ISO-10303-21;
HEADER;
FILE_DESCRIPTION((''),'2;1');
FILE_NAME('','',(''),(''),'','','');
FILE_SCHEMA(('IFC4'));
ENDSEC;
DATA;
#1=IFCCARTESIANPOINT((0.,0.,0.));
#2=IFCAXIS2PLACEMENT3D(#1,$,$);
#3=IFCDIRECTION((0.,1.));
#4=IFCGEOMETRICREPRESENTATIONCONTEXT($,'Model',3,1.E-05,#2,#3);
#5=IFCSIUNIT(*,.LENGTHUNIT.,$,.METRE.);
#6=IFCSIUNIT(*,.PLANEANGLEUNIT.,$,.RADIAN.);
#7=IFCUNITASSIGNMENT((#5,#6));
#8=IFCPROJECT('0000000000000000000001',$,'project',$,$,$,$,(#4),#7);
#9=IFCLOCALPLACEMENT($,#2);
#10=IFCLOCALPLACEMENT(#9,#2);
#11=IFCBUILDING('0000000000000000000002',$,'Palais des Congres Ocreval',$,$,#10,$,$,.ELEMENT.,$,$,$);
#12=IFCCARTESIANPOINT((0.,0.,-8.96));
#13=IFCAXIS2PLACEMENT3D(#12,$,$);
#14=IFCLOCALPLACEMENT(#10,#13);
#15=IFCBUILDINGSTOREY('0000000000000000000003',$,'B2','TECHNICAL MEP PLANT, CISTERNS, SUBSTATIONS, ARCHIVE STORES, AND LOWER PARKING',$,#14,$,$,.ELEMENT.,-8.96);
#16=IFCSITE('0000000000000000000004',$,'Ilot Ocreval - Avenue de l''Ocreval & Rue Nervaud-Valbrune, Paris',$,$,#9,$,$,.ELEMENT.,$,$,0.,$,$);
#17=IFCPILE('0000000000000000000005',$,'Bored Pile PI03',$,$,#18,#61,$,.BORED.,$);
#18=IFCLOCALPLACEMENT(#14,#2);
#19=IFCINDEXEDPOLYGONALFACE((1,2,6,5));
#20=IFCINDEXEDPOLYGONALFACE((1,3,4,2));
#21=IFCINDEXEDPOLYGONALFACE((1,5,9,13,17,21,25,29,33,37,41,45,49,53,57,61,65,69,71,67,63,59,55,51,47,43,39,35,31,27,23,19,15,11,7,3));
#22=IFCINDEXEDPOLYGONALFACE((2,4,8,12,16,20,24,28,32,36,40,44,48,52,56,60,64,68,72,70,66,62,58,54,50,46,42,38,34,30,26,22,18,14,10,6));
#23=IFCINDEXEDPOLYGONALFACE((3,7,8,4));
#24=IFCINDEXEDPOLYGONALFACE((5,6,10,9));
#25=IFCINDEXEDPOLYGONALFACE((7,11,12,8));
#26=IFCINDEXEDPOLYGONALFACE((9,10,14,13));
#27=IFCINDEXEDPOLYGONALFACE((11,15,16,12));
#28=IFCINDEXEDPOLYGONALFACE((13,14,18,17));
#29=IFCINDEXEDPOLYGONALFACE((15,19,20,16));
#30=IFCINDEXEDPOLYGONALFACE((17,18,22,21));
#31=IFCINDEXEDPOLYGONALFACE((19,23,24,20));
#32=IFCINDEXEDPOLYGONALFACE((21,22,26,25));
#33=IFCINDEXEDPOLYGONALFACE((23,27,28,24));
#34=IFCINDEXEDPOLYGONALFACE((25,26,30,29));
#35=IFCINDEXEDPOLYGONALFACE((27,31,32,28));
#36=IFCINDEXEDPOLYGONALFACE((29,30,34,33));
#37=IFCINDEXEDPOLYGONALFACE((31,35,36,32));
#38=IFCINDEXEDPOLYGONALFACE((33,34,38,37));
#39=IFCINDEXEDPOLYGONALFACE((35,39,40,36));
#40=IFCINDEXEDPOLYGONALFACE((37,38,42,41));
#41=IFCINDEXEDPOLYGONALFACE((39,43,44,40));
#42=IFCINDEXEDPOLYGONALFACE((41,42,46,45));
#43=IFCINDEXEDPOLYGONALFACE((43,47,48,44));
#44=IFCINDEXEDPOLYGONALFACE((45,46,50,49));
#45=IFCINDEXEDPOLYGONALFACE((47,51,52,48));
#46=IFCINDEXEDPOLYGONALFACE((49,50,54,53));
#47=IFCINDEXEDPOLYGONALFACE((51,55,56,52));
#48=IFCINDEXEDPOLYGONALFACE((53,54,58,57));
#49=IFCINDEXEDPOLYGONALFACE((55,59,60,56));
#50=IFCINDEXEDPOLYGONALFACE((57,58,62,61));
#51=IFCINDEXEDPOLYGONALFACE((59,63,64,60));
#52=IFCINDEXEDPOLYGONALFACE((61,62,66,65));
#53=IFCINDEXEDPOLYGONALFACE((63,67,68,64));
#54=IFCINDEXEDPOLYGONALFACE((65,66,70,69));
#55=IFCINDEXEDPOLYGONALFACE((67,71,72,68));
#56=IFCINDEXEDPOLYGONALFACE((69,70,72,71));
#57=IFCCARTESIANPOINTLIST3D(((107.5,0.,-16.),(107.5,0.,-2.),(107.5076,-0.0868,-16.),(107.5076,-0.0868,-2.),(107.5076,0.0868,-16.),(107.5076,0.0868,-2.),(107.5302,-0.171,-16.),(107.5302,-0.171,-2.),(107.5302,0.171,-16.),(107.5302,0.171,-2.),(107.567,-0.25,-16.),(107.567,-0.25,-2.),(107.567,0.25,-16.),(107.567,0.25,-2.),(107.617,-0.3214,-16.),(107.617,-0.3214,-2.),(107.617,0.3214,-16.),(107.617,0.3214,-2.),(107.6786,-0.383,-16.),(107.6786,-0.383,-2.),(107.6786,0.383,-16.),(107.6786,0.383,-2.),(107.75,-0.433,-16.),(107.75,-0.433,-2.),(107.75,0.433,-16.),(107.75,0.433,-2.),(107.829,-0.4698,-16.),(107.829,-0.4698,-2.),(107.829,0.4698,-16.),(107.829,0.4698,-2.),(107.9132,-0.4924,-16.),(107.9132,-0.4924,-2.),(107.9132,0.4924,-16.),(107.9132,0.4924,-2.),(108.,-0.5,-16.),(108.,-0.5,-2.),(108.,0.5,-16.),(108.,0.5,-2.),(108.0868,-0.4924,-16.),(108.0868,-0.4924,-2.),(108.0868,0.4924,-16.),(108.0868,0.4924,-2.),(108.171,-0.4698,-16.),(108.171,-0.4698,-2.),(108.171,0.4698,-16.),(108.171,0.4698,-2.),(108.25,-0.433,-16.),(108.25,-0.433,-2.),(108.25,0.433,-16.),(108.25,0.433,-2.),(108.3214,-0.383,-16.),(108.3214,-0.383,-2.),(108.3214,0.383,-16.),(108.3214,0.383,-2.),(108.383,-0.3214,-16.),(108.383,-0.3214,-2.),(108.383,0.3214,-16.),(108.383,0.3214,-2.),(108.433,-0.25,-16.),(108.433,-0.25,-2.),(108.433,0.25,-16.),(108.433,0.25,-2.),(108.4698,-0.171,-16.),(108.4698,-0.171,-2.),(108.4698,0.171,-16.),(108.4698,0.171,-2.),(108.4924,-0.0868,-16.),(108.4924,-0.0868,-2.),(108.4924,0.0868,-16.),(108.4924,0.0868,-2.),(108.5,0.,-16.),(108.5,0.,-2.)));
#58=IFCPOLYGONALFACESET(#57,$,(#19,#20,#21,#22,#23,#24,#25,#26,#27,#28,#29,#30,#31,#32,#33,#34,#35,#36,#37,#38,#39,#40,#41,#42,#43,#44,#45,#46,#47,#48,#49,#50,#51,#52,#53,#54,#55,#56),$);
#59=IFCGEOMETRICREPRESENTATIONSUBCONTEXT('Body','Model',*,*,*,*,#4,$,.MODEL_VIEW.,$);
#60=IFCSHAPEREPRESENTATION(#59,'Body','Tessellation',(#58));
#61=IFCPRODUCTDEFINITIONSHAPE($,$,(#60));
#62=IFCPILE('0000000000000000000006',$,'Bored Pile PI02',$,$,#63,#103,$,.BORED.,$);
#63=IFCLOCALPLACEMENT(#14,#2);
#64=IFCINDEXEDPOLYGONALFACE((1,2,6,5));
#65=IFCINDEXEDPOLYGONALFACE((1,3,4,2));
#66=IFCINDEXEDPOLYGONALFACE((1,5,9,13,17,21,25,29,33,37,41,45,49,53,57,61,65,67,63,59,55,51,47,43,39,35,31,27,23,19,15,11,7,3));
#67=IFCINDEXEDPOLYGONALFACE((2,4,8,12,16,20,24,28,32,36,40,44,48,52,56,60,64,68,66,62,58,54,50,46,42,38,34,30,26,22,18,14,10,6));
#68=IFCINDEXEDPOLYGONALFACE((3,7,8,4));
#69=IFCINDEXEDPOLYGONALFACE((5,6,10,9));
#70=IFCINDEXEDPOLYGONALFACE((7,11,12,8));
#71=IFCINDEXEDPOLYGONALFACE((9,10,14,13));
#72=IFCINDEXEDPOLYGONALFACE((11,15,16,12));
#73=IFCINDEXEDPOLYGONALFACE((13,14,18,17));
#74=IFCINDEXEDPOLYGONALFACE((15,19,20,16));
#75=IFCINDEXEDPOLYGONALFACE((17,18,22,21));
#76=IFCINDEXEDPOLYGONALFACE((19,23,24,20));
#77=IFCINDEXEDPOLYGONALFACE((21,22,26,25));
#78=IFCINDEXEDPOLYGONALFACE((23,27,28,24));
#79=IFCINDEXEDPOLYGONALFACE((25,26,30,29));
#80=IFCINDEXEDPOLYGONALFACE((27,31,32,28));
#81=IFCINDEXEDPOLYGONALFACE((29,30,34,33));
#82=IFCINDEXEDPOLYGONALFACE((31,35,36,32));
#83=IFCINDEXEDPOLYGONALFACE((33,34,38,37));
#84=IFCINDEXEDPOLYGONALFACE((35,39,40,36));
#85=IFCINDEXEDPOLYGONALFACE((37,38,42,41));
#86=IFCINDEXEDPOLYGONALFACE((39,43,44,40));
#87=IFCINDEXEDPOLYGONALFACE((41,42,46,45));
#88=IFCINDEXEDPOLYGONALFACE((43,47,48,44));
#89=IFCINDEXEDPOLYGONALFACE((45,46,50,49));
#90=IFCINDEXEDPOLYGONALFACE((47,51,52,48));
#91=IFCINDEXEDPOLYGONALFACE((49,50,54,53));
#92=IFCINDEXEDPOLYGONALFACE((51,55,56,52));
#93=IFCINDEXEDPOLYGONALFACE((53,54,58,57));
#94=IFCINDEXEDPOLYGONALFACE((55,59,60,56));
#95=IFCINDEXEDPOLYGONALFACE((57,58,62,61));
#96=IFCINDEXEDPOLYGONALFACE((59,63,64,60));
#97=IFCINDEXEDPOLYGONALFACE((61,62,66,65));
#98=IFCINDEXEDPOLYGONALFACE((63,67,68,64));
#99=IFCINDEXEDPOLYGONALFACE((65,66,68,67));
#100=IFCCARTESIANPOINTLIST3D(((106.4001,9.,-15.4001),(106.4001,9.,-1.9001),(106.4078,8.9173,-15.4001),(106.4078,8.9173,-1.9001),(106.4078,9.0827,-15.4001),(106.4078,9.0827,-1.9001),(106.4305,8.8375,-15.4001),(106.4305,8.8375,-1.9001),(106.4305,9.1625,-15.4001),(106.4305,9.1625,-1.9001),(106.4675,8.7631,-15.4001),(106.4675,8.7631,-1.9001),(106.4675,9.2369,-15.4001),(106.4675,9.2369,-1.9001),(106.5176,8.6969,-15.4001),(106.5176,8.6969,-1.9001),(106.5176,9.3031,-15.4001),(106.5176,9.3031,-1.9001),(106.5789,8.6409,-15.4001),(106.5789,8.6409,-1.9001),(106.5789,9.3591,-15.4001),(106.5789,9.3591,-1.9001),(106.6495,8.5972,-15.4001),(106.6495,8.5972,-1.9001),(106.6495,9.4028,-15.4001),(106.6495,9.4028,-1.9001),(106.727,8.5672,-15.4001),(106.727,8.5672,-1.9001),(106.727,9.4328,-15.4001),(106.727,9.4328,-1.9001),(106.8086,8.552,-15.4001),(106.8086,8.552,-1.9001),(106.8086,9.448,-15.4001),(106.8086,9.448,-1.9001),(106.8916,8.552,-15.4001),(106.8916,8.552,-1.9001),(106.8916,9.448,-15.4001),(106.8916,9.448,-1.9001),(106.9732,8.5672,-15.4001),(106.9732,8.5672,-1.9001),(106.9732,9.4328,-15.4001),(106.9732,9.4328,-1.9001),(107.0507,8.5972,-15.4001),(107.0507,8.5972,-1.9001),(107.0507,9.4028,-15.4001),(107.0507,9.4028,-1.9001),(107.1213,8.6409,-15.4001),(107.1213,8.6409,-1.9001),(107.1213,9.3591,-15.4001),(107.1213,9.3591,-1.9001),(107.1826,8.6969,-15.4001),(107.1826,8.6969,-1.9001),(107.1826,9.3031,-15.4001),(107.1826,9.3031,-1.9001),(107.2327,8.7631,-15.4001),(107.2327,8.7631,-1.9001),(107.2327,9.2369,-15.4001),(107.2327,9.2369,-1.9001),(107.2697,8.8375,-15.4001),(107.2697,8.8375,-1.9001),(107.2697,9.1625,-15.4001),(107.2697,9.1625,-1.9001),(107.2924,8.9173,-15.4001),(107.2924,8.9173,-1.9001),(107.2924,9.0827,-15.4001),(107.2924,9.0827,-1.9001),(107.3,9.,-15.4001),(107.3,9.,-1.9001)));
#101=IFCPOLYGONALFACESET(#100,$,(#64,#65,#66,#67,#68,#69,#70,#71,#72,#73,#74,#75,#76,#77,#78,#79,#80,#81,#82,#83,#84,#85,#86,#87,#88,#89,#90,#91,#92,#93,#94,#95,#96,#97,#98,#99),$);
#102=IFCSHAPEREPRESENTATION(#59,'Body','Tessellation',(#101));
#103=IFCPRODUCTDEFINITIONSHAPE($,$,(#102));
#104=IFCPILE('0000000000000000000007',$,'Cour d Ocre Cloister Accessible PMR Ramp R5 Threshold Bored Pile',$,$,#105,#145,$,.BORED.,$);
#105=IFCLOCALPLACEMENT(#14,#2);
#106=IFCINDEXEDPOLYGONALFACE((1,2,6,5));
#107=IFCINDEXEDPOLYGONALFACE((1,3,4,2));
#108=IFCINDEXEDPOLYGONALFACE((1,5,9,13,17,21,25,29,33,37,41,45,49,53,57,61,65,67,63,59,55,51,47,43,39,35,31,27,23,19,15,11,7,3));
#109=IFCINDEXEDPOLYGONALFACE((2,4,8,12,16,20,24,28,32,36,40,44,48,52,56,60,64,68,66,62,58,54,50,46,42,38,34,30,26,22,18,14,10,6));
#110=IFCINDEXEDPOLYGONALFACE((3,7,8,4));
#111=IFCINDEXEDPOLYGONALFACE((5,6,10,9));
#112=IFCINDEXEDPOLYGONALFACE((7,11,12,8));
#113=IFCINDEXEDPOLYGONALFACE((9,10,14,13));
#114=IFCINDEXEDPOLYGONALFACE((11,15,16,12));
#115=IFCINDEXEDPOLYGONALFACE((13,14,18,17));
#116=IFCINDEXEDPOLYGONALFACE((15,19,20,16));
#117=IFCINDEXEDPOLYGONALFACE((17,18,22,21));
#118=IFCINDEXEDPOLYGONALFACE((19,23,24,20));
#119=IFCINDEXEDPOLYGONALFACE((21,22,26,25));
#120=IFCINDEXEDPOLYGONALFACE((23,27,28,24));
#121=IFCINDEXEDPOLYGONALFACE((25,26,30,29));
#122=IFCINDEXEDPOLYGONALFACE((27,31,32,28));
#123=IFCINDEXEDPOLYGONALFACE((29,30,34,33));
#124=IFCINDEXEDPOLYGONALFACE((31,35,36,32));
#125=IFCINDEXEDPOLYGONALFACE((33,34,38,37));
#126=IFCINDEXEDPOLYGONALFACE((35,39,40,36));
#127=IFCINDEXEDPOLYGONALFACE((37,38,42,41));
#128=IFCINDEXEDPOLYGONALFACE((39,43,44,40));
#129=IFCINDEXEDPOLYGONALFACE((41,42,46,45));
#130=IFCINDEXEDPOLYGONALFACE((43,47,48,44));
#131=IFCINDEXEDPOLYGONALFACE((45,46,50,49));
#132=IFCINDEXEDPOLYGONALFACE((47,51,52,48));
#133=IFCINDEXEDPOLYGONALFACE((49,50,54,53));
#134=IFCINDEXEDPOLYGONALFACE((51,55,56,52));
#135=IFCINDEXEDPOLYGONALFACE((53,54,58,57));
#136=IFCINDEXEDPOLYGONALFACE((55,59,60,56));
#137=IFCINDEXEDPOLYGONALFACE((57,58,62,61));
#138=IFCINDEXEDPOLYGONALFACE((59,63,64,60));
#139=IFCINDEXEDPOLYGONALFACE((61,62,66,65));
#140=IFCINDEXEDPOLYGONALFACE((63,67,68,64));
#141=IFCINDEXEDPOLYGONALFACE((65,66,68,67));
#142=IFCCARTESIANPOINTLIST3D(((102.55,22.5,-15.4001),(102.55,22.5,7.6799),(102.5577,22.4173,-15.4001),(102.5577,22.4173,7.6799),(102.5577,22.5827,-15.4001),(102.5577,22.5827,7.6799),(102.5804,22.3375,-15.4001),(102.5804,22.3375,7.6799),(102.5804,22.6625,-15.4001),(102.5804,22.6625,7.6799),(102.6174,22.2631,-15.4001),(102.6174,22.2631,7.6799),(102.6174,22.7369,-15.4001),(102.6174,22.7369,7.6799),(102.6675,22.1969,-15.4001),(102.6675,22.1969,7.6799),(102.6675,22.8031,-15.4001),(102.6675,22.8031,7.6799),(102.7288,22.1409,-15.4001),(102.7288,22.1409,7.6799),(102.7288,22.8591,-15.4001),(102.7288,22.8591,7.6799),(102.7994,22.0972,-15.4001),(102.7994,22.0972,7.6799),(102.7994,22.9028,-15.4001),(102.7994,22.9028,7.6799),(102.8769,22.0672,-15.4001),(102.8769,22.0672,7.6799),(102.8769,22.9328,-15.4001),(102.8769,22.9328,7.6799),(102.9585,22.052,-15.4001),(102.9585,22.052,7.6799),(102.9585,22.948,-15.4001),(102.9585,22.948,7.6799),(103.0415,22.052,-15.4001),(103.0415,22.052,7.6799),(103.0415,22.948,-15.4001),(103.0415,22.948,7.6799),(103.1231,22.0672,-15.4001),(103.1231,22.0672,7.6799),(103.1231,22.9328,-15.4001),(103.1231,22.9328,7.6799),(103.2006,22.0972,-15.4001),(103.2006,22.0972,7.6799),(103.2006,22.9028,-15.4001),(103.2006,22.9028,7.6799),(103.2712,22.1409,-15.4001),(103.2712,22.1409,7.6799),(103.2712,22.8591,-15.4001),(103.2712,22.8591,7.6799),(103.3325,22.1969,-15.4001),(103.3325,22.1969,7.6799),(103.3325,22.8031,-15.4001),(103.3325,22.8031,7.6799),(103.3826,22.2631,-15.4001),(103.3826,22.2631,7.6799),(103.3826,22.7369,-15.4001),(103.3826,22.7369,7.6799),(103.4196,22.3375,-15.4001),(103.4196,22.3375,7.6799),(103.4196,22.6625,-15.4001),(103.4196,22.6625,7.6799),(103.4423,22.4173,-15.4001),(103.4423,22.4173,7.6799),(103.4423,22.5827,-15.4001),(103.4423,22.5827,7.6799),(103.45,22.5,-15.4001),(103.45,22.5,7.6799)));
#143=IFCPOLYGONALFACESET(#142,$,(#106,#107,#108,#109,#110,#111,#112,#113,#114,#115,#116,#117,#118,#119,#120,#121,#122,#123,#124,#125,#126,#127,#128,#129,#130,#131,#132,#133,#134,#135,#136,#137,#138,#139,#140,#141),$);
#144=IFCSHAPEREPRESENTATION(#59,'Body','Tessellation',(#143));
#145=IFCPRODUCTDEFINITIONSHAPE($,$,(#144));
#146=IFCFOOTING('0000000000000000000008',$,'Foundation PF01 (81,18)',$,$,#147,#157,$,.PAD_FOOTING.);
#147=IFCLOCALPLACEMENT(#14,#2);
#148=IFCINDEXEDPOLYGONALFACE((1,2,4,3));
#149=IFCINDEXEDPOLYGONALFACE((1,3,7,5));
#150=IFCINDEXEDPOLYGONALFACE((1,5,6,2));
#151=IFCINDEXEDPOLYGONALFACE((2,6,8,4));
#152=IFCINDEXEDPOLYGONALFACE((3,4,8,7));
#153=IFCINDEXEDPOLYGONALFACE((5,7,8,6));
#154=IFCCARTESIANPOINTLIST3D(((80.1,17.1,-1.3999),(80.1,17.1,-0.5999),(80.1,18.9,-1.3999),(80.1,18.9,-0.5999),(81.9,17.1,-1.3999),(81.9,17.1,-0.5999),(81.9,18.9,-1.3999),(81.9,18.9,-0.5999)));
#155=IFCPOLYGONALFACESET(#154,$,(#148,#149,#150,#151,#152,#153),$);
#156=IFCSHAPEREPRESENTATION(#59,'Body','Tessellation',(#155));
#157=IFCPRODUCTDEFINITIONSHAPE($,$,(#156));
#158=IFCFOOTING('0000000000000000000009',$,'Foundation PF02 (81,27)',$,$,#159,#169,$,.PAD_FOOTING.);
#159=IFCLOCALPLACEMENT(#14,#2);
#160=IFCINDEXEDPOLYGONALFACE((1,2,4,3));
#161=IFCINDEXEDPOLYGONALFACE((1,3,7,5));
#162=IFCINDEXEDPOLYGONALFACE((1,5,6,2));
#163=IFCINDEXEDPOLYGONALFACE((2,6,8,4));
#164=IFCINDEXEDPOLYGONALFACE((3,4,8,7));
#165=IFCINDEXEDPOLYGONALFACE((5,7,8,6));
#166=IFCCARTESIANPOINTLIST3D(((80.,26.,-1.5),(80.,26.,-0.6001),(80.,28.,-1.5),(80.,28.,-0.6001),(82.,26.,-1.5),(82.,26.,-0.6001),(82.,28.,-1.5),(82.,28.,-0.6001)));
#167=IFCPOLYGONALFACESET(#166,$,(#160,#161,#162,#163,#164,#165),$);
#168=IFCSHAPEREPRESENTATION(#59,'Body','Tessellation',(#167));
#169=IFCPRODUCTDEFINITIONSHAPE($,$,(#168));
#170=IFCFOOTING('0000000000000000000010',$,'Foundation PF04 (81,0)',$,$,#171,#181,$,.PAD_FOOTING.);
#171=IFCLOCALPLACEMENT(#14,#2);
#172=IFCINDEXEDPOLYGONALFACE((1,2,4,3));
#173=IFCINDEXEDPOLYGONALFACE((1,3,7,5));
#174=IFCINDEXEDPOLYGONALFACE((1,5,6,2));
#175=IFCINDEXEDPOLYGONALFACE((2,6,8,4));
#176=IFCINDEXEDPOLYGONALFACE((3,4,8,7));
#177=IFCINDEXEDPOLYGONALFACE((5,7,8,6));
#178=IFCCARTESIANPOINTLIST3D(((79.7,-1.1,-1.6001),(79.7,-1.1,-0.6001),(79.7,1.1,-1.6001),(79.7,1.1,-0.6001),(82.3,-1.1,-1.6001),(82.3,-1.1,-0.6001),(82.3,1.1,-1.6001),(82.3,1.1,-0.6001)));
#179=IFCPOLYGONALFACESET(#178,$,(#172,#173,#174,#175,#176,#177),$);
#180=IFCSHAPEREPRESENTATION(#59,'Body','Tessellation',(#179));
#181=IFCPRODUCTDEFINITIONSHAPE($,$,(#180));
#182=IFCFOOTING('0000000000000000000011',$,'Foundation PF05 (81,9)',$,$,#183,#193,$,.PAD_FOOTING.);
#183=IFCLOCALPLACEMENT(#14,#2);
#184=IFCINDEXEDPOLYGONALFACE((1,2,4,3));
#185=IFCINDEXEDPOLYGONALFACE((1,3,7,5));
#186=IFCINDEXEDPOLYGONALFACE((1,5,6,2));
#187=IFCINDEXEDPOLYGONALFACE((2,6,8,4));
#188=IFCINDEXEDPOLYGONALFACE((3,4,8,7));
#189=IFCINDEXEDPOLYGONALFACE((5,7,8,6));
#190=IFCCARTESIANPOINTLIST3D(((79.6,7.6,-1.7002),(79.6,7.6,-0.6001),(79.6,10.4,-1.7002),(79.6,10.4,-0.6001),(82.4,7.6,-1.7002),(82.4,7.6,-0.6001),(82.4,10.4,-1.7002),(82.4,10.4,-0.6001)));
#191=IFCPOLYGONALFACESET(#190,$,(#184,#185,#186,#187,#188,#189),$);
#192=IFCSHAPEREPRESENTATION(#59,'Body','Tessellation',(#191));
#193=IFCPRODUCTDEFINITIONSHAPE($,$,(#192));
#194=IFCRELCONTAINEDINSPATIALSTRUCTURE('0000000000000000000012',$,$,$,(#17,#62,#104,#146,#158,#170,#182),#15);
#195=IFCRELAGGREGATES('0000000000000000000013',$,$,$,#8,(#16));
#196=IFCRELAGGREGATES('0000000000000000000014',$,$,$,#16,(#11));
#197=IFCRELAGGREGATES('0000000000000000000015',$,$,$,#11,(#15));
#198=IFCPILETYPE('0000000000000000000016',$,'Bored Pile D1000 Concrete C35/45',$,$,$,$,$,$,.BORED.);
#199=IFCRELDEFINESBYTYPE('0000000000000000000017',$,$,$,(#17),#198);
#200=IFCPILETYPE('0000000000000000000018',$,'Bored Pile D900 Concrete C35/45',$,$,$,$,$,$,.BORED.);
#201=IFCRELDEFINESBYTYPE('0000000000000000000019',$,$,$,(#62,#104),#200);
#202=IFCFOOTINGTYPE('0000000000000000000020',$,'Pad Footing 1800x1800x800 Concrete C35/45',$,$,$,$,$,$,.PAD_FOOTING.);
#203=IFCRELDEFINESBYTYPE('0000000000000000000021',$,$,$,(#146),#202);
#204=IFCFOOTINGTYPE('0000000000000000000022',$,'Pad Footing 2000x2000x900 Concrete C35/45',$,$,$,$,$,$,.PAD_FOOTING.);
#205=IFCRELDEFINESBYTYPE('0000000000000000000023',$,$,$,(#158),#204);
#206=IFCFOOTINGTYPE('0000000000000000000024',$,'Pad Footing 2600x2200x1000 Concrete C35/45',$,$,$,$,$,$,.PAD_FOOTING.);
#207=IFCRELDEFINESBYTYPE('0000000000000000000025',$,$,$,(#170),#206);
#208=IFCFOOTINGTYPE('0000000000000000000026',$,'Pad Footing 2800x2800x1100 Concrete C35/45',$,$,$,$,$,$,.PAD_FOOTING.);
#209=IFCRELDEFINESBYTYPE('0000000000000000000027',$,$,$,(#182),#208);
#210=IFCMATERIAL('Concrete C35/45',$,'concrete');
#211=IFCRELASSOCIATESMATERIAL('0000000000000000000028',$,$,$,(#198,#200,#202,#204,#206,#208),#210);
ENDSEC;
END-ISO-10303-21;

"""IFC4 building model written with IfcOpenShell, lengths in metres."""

from ifc_helpers import new_model, si_unit, direction, frame, origin, origin_2d, place, context, subcontext, project, spatial, rectangle, circle, extrude, material, material_profile, profile_set, type_object, element, save


model = new_model("IFC4")

# Units and contexts
model_context = context("Model", 3, precision=1e-05, world=origin(), true_north=direction((0.0, 1.0)))
body_context = subcontext(model_context, "Body", "Model", "MODEL_VIEW")
ifc_project = project(units=[si_unit("LENGTHUNIT", "METRE"), si_unit("PLANEANGLEUNIT", "RADIAN")], contexts=[model_context])

# Site, building, storey
site_placement = place(None, origin())
site = spatial("IfcSite", under=ifc_project, at=site_placement, Name="Ilot Ocreval - Avenue de l'Ocreval & Rue Nervaud-Valbrune, Paris", CompositionType="ELEMENT", RefElevation=0.0)
building_placement = place(site_placement, origin())
building = spatial("IfcBuilding", under=site, at=building_placement, Name="Palais des Congres Ocreval", CompositionType="ELEMENT")
storey_placement = place(building_placement, frame((0.0, 0.0, -8.96)))
storey = spatial("IfcBuildingStorey", under=building, at=storey_placement, Name="B2", Description="TECHNICAL MEP PLANT, CISTERNS, SUBSTATIONS, ARCHIVE STORES, AND LOWER PARKING", CompositionType="ELEMENT", Elevation=-8.96)

# Piles
ifc_material_1 = material(Name="Concrete C35/45", Category="concrete")
ifc_material_profile_1 = material_profile(ifc_material_1, circle(Radius=0.5, at=origin_2d()), Name="BORED PILE 1000")
ifc_profile_set_1 = profile_set([ifc_material_profile_1], Name="Concrete C35/45")
pile_type_1 = type_object("IfcPileType", Name="Bored Pile D1000 Concrete C35/45", PredefinedType="BORED", material=ifc_profile_set_1)
pile_1_placement = place(storey_placement, frame((108.0, 0.0, -2.0), z_axis=(0.0, 0.0, -1.0), x_axis=(1.0, 0.0, 0.0)))
element("IfcPile", 1, at=pile_1_placement, inside=storey, type_object=pile_type_1, Name="Bored Pile PI03", PredefinedType="BORED", context=body_context, shape_type="SweptSolid", body=[
    extrude(circle(Radius=0.5, at=origin_2d()), origin(), (0.0, 0.0, 1.0), 14.0),
])
ifc_material_profile_2 = material_profile(ifc_material_1, circle(Radius=0.45, at=origin_2d()), Name="BORED PILE 900")
ifc_profile_set_2 = profile_set([ifc_material_profile_2], Name="Concrete C35/45")
pile_type_2 = type_object("IfcPileType", Name="Bored Pile D900 Concrete C35/45", PredefinedType="BORED", material=ifc_profile_set_2)
pile_2_placement = place(storey_placement, frame((106.8501, 9.0, -1.9001), z_axis=(0.0, 0.0, -1.0), x_axis=(1.0, 0.0, 0.0)))
element("IfcPile", 2, at=pile_2_placement, inside=storey, type_object=pile_type_2, Name="Bored Pile PI02", PredefinedType="BORED", context=body_context, shape_type="SweptSolid", body=[
    extrude(circle(Radius=0.45, at=origin_2d()), origin(), (0.0, 0.0, 1.0), 13.5),
])
pile_3_placement = place(storey_placement, frame((103.0, 22.5, 7.6799), z_axis=(0.0, 0.0, -1.0), x_axis=(1.0, 0.0, 0.0)))
element("IfcPile", 3, at=pile_3_placement, inside=storey, type_object=pile_type_2, Name="Cour d Ocre Cloister Accessible PMR Ramp R5 Threshold Bored Pile", PredefinedType="BORED", context=body_context, shape_type="SweptSolid", body=[
    extrude(circle(Radius=0.45, at=origin_2d()), origin(), (0.0, 0.0, 1.0), 23.0801),
])

# Footings
footing_type_1 = type_object("IfcFootingType", Name="Pad Footing 1800x1800x800 Concrete C35/45", PredefinedType="PAD_FOOTING", material=ifc_material_1)
footing_1_placement = place(storey_placement, frame((81.0, 18.0, -1.3999), z_axis=(0.0, 0.0, 1.0), x_axis=(1.0, 0.0, 0.0)))
element("IfcFooting", 4, at=footing_1_placement, inside=storey, type_object=footing_type_1, Name="Foundation PF01 (81,18)", PredefinedType="PAD_FOOTING", context=body_context, shape_type="SweptSolid", body=[
    extrude(rectangle(XDim=1.8, YDim=1.8, at=origin_2d()), origin(), (0.0, 0.0, 1.0), 0.8),
])
footing_type_2 = type_object("IfcFootingType", Name="Pad Footing 2000x2000x900 Concrete C35/45", PredefinedType="PAD_FOOTING", material=ifc_material_1)
footing_2_placement = place(storey_placement, frame((81.0, 27.0, -1.5), z_axis=(0.0, 0.0, 1.0), x_axis=(1.0, 0.0, 0.0)))
element("IfcFooting", 5, at=footing_2_placement, inside=storey, type_object=footing_type_2, Name="Foundation PF02 (81,27)", PredefinedType="PAD_FOOTING", context=body_context, shape_type="SweptSolid", body=[
    extrude(rectangle(XDim=2.0, YDim=2.0, at=origin_2d()), origin(), (0.0, 0.0, 1.0), 0.8999),
])
footing_type_3 = type_object("IfcFootingType", Name="Pad Footing 2600x2200x1000 Concrete C35/45", PredefinedType="PAD_FOOTING", material=ifc_material_1)
footing_3_placement = place(storey_placement, frame((81.0, 0.0, -1.6001), z_axis=(0.0, 0.0, 1.0), x_axis=(1.0, 0.0, 0.0)))
element("IfcFooting", 6, at=footing_3_placement, inside=storey, type_object=footing_type_3, Name="Foundation PF04 (81,0)", PredefinedType="PAD_FOOTING", context=body_context, shape_type="SweptSolid", body=[
    extrude(rectangle(XDim=2.6001, YDim=2.2, at=origin_2d()), origin(), (0.0, 0.0, 1.0), 1.0),
])
footing_type_4 = type_object("IfcFootingType", Name="Pad Footing 2800x2800x1100 Concrete C35/45", PredefinedType="PAD_FOOTING", material=ifc_material_1)
footing_4_placement = place(storey_placement, frame((81.0, 9.0, -1.7002), z_axis=(0.0, 0.0, 1.0), x_axis=(1.0, 0.0, 0.0)))
element("IfcFooting", 7, at=footing_4_placement, inside=storey, type_object=footing_type_4, Name="Foundation PF05 (81,9)", PredefinedType="PAD_FOOTING", context=body_context, shape_type="SweptSolid", body=[
    extrude(rectangle(XDim=2.8, YDim=2.8, at=origin_2d()), origin(), (0.0, 0.0, 1.0), 1.1001),
])

save(model, "model.ifc")
